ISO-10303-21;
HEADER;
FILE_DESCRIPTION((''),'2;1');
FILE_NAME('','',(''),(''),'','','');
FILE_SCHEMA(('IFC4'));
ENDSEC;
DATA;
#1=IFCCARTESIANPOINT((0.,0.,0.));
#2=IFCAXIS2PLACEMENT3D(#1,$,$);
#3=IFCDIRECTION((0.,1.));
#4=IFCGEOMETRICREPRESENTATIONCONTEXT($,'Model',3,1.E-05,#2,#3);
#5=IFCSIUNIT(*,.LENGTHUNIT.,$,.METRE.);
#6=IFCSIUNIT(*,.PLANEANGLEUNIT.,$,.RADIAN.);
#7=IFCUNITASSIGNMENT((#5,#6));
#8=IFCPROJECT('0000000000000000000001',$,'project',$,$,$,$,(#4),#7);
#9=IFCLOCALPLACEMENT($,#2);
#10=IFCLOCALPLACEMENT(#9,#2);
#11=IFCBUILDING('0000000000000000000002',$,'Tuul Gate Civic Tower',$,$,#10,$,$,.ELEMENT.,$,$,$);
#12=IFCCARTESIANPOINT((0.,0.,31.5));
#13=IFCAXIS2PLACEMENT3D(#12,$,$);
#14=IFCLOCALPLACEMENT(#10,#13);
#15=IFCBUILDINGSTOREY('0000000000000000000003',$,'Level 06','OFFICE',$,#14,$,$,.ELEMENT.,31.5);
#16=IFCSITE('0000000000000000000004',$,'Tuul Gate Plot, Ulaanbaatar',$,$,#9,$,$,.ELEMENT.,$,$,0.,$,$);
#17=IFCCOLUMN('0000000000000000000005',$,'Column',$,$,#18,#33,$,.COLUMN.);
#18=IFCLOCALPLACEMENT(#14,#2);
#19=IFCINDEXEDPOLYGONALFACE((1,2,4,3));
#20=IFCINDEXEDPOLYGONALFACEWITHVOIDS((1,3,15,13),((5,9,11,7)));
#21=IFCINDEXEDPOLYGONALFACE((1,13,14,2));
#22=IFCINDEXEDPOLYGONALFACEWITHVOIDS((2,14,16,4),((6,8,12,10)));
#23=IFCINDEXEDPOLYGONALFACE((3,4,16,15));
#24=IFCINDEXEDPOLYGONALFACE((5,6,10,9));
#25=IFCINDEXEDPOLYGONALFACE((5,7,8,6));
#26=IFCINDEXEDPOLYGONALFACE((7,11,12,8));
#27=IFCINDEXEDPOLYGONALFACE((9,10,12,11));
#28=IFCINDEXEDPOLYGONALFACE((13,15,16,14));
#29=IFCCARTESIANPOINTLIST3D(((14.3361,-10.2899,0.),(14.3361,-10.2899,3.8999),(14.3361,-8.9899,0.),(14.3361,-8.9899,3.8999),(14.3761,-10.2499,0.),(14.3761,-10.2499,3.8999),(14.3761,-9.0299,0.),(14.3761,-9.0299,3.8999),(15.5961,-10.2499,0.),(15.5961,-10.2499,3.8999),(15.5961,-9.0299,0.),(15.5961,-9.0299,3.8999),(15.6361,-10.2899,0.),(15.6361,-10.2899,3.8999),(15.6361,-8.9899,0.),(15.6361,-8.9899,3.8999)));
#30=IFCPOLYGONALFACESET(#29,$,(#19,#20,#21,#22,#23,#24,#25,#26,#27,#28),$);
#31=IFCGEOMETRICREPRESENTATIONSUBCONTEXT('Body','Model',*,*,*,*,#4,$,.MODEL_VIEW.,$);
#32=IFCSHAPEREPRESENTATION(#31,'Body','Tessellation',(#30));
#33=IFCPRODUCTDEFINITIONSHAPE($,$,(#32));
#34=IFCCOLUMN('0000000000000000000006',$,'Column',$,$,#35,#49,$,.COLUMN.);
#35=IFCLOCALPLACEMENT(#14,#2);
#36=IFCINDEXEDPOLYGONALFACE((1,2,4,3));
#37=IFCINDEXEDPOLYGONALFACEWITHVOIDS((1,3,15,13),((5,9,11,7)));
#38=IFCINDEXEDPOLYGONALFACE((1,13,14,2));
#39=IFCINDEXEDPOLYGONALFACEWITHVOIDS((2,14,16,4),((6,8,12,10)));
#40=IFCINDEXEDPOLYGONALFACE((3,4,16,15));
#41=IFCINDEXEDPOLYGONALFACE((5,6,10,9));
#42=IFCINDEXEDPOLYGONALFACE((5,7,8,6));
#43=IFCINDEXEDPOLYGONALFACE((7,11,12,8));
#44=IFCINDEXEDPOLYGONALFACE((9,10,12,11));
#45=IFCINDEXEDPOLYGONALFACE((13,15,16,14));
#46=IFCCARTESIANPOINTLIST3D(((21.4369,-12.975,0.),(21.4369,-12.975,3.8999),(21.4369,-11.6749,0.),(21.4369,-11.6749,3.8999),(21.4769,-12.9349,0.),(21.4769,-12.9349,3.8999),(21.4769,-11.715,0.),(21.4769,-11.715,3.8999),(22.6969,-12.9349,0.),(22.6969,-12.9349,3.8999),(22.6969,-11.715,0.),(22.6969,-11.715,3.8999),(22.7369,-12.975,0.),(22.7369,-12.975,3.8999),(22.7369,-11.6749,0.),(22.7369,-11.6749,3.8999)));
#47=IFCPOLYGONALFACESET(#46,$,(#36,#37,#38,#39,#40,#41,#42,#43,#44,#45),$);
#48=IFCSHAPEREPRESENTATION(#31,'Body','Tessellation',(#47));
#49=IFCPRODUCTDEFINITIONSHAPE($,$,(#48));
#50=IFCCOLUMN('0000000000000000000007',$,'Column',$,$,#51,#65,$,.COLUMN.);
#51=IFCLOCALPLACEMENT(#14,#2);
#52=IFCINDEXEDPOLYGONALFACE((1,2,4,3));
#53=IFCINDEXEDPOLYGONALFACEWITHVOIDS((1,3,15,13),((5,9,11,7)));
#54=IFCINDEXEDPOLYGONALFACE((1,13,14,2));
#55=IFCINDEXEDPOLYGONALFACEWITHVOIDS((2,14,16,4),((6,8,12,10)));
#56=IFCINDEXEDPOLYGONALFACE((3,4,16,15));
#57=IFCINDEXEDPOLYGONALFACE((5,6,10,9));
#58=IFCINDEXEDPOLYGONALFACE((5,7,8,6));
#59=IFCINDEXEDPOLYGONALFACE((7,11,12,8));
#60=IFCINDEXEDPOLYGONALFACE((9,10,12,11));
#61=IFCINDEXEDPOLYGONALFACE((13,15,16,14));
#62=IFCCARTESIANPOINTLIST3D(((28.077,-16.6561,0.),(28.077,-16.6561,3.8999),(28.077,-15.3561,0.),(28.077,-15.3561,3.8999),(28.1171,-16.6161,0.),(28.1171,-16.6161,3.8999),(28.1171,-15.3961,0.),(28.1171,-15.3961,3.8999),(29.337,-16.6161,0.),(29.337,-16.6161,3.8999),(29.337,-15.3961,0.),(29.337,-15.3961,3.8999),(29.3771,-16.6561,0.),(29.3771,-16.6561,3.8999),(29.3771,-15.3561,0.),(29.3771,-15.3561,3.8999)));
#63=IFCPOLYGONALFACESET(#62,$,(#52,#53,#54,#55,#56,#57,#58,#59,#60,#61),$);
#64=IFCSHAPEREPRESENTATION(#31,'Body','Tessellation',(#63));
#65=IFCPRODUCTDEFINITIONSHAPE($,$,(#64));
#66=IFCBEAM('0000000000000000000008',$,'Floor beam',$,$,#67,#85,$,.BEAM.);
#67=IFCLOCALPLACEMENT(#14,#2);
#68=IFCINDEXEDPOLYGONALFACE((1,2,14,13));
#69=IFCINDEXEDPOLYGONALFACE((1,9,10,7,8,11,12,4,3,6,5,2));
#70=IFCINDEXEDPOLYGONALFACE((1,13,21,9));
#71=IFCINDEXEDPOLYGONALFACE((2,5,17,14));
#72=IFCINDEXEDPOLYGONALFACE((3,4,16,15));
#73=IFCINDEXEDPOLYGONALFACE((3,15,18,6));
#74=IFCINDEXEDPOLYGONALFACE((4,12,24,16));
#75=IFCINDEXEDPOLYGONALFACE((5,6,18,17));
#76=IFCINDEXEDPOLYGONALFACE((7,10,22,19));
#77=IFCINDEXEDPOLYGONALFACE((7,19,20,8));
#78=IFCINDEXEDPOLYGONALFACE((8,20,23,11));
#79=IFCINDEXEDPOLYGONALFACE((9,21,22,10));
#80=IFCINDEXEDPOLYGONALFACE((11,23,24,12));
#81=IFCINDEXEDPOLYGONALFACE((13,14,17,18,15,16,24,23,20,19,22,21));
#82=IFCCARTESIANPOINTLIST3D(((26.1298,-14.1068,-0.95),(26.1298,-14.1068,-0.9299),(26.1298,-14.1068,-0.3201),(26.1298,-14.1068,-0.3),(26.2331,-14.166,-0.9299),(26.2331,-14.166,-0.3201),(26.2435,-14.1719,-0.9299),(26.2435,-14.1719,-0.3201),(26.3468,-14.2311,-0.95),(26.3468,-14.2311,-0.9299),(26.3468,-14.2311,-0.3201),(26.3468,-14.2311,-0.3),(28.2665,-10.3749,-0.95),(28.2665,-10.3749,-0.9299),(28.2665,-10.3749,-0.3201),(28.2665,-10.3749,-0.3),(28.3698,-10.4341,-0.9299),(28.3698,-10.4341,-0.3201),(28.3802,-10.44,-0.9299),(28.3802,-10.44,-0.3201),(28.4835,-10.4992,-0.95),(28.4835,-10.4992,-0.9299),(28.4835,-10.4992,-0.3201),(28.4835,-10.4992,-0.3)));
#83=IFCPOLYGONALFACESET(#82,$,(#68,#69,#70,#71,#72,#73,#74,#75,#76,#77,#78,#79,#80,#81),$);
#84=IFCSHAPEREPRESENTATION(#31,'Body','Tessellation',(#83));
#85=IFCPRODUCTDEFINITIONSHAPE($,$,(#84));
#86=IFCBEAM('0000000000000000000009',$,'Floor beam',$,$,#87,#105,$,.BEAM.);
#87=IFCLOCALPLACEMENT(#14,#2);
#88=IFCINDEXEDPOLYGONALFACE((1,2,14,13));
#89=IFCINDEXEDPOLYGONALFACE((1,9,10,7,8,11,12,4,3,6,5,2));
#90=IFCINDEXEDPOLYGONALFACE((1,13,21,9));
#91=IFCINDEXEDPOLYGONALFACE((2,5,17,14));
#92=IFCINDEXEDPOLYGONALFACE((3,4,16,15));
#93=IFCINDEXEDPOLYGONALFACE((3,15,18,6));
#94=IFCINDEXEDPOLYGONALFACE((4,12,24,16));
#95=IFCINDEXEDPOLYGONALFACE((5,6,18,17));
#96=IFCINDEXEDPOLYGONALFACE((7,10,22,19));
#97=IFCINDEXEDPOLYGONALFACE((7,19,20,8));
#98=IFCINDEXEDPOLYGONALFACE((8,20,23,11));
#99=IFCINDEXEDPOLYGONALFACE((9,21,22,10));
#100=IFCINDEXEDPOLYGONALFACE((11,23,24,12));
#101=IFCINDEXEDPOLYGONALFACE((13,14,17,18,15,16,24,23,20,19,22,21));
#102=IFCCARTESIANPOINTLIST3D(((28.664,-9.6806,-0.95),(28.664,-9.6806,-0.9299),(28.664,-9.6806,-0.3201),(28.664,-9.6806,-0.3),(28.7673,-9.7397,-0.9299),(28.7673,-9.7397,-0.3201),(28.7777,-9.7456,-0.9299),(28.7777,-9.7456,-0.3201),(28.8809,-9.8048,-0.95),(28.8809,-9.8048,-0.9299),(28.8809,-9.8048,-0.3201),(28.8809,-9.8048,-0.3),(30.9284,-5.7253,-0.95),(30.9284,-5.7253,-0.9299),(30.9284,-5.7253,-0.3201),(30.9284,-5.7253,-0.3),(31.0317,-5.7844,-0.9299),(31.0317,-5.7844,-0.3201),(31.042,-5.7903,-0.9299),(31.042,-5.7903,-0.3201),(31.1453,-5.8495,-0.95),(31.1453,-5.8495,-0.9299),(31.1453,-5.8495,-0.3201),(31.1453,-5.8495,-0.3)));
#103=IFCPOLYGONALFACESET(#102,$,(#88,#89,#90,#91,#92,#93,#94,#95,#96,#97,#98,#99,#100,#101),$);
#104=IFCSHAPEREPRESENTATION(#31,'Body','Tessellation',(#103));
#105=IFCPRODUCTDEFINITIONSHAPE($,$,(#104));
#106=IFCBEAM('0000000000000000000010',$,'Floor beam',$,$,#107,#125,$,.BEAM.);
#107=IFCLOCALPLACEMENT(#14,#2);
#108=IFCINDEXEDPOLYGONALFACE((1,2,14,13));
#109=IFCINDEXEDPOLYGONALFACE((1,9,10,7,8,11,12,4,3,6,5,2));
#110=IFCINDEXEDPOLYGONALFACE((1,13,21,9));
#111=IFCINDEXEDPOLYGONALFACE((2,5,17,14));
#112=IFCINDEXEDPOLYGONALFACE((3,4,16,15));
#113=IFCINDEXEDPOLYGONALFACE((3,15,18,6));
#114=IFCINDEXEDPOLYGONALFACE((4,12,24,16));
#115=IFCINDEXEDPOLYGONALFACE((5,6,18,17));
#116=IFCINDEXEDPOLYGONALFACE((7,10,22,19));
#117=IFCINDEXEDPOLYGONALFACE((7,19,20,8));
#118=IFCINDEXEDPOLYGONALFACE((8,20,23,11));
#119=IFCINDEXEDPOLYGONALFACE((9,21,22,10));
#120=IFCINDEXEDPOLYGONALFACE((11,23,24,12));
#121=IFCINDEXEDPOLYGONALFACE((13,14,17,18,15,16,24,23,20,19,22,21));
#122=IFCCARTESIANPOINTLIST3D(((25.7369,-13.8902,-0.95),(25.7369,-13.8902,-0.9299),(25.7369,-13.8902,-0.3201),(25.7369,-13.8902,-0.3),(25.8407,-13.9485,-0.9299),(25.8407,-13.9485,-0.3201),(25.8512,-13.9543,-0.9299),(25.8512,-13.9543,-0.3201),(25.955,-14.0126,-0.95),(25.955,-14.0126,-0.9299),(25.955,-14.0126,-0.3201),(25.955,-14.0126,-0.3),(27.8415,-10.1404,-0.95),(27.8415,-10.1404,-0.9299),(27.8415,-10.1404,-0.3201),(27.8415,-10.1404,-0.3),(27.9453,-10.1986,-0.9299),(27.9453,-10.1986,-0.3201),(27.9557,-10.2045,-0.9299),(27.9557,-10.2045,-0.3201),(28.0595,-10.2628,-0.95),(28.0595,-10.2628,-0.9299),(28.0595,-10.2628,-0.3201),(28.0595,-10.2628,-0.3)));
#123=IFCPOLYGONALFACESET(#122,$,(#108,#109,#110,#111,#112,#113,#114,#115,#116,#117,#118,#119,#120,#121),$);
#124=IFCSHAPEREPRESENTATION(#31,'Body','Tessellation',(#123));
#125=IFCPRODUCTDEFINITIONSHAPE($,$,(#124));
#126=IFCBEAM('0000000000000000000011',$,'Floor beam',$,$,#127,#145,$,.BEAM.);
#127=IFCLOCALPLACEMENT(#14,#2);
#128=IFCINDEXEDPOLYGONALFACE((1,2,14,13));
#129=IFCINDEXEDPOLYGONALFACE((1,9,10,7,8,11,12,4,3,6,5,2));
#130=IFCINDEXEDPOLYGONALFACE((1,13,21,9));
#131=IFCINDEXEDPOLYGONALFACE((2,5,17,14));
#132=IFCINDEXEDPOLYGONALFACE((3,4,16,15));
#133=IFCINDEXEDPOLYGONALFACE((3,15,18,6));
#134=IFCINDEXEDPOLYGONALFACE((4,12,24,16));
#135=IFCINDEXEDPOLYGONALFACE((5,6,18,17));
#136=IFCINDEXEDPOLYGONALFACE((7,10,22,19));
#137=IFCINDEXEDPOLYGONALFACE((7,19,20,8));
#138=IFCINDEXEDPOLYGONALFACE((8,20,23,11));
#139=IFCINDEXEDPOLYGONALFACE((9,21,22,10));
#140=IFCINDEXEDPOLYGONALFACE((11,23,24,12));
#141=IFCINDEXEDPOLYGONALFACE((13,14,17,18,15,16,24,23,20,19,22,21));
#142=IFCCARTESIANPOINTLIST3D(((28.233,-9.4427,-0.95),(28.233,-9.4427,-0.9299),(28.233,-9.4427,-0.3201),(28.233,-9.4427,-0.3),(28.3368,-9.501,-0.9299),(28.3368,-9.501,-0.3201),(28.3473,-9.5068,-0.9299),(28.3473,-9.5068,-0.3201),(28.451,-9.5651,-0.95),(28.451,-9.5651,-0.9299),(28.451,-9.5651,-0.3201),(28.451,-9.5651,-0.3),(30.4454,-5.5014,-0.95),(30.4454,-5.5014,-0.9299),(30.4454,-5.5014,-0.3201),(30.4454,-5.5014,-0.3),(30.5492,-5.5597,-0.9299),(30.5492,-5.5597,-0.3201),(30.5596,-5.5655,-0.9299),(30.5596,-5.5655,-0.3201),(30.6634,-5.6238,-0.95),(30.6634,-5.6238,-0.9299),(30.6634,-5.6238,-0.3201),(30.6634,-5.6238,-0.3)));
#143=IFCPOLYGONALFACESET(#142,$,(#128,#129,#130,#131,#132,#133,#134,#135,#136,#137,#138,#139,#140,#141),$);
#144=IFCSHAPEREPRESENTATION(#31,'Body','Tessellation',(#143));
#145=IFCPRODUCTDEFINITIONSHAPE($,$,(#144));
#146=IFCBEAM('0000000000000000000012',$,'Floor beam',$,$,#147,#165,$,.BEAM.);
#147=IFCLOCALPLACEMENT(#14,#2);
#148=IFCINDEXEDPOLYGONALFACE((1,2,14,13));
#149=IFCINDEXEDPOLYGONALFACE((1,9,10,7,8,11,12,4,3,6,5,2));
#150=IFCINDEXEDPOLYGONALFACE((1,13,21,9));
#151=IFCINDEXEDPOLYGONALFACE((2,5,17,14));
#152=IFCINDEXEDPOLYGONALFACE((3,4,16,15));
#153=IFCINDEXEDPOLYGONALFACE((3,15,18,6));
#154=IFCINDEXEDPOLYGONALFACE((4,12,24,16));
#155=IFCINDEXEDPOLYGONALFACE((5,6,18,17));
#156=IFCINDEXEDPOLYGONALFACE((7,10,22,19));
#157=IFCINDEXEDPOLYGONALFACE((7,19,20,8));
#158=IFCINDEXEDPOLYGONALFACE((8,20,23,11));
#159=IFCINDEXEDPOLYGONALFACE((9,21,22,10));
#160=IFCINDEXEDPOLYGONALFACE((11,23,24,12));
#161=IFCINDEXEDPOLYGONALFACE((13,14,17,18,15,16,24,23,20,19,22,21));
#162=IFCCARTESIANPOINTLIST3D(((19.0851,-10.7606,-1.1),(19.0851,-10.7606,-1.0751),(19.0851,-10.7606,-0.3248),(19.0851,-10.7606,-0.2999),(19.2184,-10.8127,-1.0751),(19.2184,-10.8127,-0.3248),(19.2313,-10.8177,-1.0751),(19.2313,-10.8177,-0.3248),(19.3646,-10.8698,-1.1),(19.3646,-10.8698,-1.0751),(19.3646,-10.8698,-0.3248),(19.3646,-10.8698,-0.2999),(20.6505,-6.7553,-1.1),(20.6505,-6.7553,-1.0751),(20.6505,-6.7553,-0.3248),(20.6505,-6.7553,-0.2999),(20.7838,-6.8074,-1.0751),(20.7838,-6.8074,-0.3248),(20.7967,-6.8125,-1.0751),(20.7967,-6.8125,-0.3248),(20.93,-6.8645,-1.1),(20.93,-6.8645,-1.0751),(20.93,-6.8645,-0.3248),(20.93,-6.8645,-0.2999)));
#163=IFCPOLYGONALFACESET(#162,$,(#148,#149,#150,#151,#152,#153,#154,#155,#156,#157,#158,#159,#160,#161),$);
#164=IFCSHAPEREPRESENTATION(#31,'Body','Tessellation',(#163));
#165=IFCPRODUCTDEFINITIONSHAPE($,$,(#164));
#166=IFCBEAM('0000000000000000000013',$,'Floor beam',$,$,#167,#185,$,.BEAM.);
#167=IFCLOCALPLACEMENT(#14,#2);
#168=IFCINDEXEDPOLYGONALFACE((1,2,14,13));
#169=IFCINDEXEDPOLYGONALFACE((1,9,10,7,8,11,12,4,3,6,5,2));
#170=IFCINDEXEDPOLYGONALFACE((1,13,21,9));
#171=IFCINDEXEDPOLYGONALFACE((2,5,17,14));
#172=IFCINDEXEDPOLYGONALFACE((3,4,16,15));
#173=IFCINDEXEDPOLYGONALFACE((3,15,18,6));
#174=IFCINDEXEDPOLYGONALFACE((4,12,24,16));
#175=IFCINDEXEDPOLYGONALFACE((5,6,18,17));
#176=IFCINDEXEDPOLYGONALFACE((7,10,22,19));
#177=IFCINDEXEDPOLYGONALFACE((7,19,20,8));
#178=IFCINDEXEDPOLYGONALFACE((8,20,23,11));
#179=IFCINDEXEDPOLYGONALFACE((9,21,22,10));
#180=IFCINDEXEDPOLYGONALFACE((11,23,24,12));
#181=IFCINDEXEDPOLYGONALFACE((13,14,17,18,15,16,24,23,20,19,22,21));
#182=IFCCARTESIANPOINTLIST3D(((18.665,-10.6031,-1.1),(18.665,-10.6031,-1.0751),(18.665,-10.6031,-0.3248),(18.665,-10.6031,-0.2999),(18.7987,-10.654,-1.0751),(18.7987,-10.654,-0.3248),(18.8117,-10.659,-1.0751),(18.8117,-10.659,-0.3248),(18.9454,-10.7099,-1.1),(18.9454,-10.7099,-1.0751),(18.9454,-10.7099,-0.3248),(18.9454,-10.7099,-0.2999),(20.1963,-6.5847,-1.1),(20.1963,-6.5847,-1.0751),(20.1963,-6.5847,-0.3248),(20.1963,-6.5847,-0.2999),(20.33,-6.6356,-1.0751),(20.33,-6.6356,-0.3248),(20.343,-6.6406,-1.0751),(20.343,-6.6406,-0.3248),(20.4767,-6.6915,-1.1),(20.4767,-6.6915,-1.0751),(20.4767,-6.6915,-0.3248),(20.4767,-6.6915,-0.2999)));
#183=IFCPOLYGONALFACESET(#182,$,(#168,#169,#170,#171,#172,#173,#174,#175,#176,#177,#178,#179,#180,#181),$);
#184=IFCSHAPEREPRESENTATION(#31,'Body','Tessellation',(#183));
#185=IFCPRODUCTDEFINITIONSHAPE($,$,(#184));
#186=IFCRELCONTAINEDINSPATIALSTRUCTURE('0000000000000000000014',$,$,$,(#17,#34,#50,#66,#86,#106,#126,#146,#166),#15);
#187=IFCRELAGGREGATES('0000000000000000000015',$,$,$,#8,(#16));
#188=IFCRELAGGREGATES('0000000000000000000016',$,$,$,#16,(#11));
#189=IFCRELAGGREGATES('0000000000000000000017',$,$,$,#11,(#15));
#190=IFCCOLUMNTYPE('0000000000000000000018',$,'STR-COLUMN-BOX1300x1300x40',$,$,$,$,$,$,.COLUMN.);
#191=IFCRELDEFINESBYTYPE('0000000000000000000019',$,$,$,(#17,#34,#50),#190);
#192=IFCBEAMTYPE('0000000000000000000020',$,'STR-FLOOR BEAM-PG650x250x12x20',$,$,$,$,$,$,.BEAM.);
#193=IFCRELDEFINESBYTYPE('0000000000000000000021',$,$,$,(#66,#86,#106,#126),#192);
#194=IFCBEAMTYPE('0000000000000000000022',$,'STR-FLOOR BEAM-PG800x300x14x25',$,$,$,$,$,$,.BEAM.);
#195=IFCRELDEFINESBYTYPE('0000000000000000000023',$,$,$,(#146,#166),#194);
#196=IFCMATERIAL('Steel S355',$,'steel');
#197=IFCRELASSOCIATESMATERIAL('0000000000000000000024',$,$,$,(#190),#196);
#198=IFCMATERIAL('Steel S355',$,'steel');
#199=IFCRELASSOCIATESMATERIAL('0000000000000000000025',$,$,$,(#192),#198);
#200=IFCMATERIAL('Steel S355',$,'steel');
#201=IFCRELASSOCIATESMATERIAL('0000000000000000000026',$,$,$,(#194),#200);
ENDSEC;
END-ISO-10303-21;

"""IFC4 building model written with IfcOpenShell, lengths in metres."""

from ifc_helpers import new_model, si_unit, direction, frame, origin, origin_2d, place, context, subcontext, project, spatial, hollow_rectangle, i_section, extrude, material, material_profile, profile_set, type_object, element, save


model = new_model("IFC4")

# Units and contexts
model_context = context("Model", 3, precision=1e-05, world=origin(), true_north=direction((0.0, 1.0)))
body_context = subcontext(model_context, "Body", "Model", "MODEL_VIEW")
ifc_project = project(units=[si_unit("LENGTHUNIT", "METRE"), si_unit("PLANEANGLEUNIT", "RADIAN")], contexts=[model_context])

# Site, building, storey
site_placement = place(None, origin())
site = spatial("IfcSite", under=ifc_project, at=site_placement, Name="Tuul Gate Plot, Ulaanbaatar", CompositionType="ELEMENT", RefElevation=0.0)
building_placement = place(site_placement, origin())
building = spatial("IfcBuilding", under=site, at=building_placement, Name="Tuul Gate Civic Tower", CompositionType="ELEMENT")
storey_placement = place(building_placement, frame((0.0, 0.0, 31.5)))
storey = spatial("IfcBuildingStorey", under=building, at=storey_placement, Name="Level 06", Description="OFFICE", CompositionType="ELEMENT", Elevation=31.5)

# Columns
ifc_material_1 = material(Name="Steel S355", Category="steel")
ifc_material_profile_1 = material_profile(ifc_material_1, hollow_rectangle(XDim=1.3, YDim=1.3, WallThickness=0.04, at=origin_2d()), Name="BOX1300x1300x40")
ifc_profile_set_1 = profile_set([ifc_material_profile_1], Name="Steel S355")
column_type = type_object("IfcColumnType", Name="STR-COLUMN-BOX1300x1300x40", PredefinedType="COLUMN", material=ifc_profile_set_1)
for number, where, z_axis, x_axis, name in (
    (1, (14.9861, -9.6399, 0.0), (0.0, 0.0, 1.0), (1.0, 0.0, 0.0), "Column"),
    (2, (22.0869, -12.325, 0.0), (0.0, 0.0, 1.0), (1.0, 0.0, 0.0), "Column"),
    (3, (28.7271, -16.0061, 0.0), (0.0, 0.0, 1.0), (1.0, 0.0, 0.0), "Column"),
):
    element("IfcColumn", number, at=place(storey_placement, frame(where, z_axis=z_axis, x_axis=x_axis)), inside=storey, type_object=column_type, Name=name, PredefinedType="COLUMN", context=body_context, shape_type="SweptSolid", body=[
        extrude(hollow_rectangle(XDim=1.3, YDim=1.3, WallThickness=0.04, at=origin_2d()), origin(), (0.0, 0.0, 1.0), 3.8999),
    ])

# Beams
ifc_material_2 = material(Name="Steel S355", Category="steel")
ifc_material_profile_2 = material_profile(ifc_material_2, i_section(OverallWidth=0.25, OverallDepth=0.6499, WebThickness=0.012, FlangeThickness=0.02, at=origin_2d()), Name="PG650x250x12x20")
ifc_profile_set_2 = profile_set([ifc_material_profile_2], Name="Steel S355")
beam_type_1 = type_object("IfcBeamType", Name="STR-FLOOR BEAM-PG650x250x12x20", PredefinedType="BEAM", material=ifc_profile_set_2)
beam_1_placement = place(storey_placement, frame((26.2383, -14.1689, -0.625), z_axis=(0.496872, 0.867824, 0.0), x_axis=(-0.867824, 0.496872, 0.0)))
element("IfcBeam", 4, at=beam_1_placement, inside=storey, type_object=beam_type_1, Name="Floor beam", PredefinedType="BEAM", context=body_context, shape_type="SweptSolid", body=[
    extrude(i_section(OverallWidth=0.25, OverallDepth=0.6499, WebThickness=0.012, FlangeThickness=0.02, at=origin_2d()), origin(), (0.0, 0.0, 1.0), 4.3003),
])
beam_2_placement = place(storey_placement, frame((28.7725, -9.7427, -0.625), z_axis=(0.496837, 0.867844, 0.0), x_axis=(-0.867844, 0.496837, 0.0)))
element("IfcBeam", 5, at=beam_2_placement, inside=storey, type_object=beam_type_1, Name="Floor beam", PredefinedType="BEAM", context=body_context, shape_type="SweptSolid", body=[
    extrude(i_section(OverallWidth=0.25, OverallDepth=0.6499, WebThickness=0.012, FlangeThickness=0.02, at=origin_2d()), origin(), (0.0, 0.0, 1.0), 4.5576),
])
beam_3_placement = place(storey_placement, frame((25.8459, -13.9514, -0.625), z_axis=(0.489423, 0.872047, 0.0), x_axis=(-0.872047, 0.489423, 0.0)))
element("IfcBeam", 6, at=beam_3_placement, inside=storey, type_object=beam_type_1, Name="Floor beam", PredefinedType="BEAM", context=body_context, shape_type="SweptSolid", body=[
    extrude(i_section(OverallWidth=0.25, OverallDepth=0.6499, WebThickness=0.012, FlangeThickness=0.02, at=origin_2d()), origin(), (0.0, 0.0, 1.0), 4.3),
])
beam_4_placement = place(storey_placement, frame((28.342, -9.5039, -0.625), z_axis=(0.489481, 0.872014, 0.0), x_axis=(-0.872014, 0.489481, 0.0)))
element("IfcBeam", 7, at=beam_4_placement, inside=storey, type_object=beam_type_1, Name="Floor beam", PredefinedType="BEAM", context=body_context, shape_type="SweptSolid", body=[
    extrude(i_section(OverallWidth=0.25, OverallDepth=0.6499, WebThickness=0.012, FlangeThickness=0.02, at=origin_2d()), origin(), (0.0, 0.0, 1.0), 4.5198),
])
ifc_material_3 = material(Name="Steel S355", Category="steel")
ifc_material_profile_3 = material_profile(ifc_material_3, i_section(OverallWidth=0.3, OverallDepth=0.8, WebThickness=0.0139, FlangeThickness=0.0249, at=origin_2d()), Name="PG800x300x14x25")
ifc_profile_set_3 = profile_set([ifc_material_profile_3], Name="Steel S355")
beam_type_2 = type_object("IfcBeamType", Name="STR-FLOOR BEAM-PG800x300x14x25", PredefinedType="BEAM", material=ifc_profile_set_3)
for number, where, z_axis, x_axis, name in (
    (8, (19.2249, -10.8152, -0.7), (0.364018, 0.931392, 0.0), (-0.931392, 0.364018, 0.0), "Floor beam"),
    (9, (18.8052, -10.6565, -0.7), (0.35609, 0.934452, 0.0), (-0.934452, 0.35609, 0.0), "Floor beam"),
):
    element("IfcBeam", number, at=place(storey_placement, frame(where, z_axis=z_axis, x_axis=x_axis)), inside=storey, type_object=beam_type_2, Name=name, PredefinedType="BEAM", context=body_context, shape_type="SweptSolid", body=[
        extrude(i_section(OverallWidth=0.3, OverallDepth=0.8, WebThickness=0.0139, FlangeThickness=0.0249, at=origin_2d()), origin(), (0.0, 0.0, 1.0), 4.3003),
    ])

save(model, "model.ifc")
